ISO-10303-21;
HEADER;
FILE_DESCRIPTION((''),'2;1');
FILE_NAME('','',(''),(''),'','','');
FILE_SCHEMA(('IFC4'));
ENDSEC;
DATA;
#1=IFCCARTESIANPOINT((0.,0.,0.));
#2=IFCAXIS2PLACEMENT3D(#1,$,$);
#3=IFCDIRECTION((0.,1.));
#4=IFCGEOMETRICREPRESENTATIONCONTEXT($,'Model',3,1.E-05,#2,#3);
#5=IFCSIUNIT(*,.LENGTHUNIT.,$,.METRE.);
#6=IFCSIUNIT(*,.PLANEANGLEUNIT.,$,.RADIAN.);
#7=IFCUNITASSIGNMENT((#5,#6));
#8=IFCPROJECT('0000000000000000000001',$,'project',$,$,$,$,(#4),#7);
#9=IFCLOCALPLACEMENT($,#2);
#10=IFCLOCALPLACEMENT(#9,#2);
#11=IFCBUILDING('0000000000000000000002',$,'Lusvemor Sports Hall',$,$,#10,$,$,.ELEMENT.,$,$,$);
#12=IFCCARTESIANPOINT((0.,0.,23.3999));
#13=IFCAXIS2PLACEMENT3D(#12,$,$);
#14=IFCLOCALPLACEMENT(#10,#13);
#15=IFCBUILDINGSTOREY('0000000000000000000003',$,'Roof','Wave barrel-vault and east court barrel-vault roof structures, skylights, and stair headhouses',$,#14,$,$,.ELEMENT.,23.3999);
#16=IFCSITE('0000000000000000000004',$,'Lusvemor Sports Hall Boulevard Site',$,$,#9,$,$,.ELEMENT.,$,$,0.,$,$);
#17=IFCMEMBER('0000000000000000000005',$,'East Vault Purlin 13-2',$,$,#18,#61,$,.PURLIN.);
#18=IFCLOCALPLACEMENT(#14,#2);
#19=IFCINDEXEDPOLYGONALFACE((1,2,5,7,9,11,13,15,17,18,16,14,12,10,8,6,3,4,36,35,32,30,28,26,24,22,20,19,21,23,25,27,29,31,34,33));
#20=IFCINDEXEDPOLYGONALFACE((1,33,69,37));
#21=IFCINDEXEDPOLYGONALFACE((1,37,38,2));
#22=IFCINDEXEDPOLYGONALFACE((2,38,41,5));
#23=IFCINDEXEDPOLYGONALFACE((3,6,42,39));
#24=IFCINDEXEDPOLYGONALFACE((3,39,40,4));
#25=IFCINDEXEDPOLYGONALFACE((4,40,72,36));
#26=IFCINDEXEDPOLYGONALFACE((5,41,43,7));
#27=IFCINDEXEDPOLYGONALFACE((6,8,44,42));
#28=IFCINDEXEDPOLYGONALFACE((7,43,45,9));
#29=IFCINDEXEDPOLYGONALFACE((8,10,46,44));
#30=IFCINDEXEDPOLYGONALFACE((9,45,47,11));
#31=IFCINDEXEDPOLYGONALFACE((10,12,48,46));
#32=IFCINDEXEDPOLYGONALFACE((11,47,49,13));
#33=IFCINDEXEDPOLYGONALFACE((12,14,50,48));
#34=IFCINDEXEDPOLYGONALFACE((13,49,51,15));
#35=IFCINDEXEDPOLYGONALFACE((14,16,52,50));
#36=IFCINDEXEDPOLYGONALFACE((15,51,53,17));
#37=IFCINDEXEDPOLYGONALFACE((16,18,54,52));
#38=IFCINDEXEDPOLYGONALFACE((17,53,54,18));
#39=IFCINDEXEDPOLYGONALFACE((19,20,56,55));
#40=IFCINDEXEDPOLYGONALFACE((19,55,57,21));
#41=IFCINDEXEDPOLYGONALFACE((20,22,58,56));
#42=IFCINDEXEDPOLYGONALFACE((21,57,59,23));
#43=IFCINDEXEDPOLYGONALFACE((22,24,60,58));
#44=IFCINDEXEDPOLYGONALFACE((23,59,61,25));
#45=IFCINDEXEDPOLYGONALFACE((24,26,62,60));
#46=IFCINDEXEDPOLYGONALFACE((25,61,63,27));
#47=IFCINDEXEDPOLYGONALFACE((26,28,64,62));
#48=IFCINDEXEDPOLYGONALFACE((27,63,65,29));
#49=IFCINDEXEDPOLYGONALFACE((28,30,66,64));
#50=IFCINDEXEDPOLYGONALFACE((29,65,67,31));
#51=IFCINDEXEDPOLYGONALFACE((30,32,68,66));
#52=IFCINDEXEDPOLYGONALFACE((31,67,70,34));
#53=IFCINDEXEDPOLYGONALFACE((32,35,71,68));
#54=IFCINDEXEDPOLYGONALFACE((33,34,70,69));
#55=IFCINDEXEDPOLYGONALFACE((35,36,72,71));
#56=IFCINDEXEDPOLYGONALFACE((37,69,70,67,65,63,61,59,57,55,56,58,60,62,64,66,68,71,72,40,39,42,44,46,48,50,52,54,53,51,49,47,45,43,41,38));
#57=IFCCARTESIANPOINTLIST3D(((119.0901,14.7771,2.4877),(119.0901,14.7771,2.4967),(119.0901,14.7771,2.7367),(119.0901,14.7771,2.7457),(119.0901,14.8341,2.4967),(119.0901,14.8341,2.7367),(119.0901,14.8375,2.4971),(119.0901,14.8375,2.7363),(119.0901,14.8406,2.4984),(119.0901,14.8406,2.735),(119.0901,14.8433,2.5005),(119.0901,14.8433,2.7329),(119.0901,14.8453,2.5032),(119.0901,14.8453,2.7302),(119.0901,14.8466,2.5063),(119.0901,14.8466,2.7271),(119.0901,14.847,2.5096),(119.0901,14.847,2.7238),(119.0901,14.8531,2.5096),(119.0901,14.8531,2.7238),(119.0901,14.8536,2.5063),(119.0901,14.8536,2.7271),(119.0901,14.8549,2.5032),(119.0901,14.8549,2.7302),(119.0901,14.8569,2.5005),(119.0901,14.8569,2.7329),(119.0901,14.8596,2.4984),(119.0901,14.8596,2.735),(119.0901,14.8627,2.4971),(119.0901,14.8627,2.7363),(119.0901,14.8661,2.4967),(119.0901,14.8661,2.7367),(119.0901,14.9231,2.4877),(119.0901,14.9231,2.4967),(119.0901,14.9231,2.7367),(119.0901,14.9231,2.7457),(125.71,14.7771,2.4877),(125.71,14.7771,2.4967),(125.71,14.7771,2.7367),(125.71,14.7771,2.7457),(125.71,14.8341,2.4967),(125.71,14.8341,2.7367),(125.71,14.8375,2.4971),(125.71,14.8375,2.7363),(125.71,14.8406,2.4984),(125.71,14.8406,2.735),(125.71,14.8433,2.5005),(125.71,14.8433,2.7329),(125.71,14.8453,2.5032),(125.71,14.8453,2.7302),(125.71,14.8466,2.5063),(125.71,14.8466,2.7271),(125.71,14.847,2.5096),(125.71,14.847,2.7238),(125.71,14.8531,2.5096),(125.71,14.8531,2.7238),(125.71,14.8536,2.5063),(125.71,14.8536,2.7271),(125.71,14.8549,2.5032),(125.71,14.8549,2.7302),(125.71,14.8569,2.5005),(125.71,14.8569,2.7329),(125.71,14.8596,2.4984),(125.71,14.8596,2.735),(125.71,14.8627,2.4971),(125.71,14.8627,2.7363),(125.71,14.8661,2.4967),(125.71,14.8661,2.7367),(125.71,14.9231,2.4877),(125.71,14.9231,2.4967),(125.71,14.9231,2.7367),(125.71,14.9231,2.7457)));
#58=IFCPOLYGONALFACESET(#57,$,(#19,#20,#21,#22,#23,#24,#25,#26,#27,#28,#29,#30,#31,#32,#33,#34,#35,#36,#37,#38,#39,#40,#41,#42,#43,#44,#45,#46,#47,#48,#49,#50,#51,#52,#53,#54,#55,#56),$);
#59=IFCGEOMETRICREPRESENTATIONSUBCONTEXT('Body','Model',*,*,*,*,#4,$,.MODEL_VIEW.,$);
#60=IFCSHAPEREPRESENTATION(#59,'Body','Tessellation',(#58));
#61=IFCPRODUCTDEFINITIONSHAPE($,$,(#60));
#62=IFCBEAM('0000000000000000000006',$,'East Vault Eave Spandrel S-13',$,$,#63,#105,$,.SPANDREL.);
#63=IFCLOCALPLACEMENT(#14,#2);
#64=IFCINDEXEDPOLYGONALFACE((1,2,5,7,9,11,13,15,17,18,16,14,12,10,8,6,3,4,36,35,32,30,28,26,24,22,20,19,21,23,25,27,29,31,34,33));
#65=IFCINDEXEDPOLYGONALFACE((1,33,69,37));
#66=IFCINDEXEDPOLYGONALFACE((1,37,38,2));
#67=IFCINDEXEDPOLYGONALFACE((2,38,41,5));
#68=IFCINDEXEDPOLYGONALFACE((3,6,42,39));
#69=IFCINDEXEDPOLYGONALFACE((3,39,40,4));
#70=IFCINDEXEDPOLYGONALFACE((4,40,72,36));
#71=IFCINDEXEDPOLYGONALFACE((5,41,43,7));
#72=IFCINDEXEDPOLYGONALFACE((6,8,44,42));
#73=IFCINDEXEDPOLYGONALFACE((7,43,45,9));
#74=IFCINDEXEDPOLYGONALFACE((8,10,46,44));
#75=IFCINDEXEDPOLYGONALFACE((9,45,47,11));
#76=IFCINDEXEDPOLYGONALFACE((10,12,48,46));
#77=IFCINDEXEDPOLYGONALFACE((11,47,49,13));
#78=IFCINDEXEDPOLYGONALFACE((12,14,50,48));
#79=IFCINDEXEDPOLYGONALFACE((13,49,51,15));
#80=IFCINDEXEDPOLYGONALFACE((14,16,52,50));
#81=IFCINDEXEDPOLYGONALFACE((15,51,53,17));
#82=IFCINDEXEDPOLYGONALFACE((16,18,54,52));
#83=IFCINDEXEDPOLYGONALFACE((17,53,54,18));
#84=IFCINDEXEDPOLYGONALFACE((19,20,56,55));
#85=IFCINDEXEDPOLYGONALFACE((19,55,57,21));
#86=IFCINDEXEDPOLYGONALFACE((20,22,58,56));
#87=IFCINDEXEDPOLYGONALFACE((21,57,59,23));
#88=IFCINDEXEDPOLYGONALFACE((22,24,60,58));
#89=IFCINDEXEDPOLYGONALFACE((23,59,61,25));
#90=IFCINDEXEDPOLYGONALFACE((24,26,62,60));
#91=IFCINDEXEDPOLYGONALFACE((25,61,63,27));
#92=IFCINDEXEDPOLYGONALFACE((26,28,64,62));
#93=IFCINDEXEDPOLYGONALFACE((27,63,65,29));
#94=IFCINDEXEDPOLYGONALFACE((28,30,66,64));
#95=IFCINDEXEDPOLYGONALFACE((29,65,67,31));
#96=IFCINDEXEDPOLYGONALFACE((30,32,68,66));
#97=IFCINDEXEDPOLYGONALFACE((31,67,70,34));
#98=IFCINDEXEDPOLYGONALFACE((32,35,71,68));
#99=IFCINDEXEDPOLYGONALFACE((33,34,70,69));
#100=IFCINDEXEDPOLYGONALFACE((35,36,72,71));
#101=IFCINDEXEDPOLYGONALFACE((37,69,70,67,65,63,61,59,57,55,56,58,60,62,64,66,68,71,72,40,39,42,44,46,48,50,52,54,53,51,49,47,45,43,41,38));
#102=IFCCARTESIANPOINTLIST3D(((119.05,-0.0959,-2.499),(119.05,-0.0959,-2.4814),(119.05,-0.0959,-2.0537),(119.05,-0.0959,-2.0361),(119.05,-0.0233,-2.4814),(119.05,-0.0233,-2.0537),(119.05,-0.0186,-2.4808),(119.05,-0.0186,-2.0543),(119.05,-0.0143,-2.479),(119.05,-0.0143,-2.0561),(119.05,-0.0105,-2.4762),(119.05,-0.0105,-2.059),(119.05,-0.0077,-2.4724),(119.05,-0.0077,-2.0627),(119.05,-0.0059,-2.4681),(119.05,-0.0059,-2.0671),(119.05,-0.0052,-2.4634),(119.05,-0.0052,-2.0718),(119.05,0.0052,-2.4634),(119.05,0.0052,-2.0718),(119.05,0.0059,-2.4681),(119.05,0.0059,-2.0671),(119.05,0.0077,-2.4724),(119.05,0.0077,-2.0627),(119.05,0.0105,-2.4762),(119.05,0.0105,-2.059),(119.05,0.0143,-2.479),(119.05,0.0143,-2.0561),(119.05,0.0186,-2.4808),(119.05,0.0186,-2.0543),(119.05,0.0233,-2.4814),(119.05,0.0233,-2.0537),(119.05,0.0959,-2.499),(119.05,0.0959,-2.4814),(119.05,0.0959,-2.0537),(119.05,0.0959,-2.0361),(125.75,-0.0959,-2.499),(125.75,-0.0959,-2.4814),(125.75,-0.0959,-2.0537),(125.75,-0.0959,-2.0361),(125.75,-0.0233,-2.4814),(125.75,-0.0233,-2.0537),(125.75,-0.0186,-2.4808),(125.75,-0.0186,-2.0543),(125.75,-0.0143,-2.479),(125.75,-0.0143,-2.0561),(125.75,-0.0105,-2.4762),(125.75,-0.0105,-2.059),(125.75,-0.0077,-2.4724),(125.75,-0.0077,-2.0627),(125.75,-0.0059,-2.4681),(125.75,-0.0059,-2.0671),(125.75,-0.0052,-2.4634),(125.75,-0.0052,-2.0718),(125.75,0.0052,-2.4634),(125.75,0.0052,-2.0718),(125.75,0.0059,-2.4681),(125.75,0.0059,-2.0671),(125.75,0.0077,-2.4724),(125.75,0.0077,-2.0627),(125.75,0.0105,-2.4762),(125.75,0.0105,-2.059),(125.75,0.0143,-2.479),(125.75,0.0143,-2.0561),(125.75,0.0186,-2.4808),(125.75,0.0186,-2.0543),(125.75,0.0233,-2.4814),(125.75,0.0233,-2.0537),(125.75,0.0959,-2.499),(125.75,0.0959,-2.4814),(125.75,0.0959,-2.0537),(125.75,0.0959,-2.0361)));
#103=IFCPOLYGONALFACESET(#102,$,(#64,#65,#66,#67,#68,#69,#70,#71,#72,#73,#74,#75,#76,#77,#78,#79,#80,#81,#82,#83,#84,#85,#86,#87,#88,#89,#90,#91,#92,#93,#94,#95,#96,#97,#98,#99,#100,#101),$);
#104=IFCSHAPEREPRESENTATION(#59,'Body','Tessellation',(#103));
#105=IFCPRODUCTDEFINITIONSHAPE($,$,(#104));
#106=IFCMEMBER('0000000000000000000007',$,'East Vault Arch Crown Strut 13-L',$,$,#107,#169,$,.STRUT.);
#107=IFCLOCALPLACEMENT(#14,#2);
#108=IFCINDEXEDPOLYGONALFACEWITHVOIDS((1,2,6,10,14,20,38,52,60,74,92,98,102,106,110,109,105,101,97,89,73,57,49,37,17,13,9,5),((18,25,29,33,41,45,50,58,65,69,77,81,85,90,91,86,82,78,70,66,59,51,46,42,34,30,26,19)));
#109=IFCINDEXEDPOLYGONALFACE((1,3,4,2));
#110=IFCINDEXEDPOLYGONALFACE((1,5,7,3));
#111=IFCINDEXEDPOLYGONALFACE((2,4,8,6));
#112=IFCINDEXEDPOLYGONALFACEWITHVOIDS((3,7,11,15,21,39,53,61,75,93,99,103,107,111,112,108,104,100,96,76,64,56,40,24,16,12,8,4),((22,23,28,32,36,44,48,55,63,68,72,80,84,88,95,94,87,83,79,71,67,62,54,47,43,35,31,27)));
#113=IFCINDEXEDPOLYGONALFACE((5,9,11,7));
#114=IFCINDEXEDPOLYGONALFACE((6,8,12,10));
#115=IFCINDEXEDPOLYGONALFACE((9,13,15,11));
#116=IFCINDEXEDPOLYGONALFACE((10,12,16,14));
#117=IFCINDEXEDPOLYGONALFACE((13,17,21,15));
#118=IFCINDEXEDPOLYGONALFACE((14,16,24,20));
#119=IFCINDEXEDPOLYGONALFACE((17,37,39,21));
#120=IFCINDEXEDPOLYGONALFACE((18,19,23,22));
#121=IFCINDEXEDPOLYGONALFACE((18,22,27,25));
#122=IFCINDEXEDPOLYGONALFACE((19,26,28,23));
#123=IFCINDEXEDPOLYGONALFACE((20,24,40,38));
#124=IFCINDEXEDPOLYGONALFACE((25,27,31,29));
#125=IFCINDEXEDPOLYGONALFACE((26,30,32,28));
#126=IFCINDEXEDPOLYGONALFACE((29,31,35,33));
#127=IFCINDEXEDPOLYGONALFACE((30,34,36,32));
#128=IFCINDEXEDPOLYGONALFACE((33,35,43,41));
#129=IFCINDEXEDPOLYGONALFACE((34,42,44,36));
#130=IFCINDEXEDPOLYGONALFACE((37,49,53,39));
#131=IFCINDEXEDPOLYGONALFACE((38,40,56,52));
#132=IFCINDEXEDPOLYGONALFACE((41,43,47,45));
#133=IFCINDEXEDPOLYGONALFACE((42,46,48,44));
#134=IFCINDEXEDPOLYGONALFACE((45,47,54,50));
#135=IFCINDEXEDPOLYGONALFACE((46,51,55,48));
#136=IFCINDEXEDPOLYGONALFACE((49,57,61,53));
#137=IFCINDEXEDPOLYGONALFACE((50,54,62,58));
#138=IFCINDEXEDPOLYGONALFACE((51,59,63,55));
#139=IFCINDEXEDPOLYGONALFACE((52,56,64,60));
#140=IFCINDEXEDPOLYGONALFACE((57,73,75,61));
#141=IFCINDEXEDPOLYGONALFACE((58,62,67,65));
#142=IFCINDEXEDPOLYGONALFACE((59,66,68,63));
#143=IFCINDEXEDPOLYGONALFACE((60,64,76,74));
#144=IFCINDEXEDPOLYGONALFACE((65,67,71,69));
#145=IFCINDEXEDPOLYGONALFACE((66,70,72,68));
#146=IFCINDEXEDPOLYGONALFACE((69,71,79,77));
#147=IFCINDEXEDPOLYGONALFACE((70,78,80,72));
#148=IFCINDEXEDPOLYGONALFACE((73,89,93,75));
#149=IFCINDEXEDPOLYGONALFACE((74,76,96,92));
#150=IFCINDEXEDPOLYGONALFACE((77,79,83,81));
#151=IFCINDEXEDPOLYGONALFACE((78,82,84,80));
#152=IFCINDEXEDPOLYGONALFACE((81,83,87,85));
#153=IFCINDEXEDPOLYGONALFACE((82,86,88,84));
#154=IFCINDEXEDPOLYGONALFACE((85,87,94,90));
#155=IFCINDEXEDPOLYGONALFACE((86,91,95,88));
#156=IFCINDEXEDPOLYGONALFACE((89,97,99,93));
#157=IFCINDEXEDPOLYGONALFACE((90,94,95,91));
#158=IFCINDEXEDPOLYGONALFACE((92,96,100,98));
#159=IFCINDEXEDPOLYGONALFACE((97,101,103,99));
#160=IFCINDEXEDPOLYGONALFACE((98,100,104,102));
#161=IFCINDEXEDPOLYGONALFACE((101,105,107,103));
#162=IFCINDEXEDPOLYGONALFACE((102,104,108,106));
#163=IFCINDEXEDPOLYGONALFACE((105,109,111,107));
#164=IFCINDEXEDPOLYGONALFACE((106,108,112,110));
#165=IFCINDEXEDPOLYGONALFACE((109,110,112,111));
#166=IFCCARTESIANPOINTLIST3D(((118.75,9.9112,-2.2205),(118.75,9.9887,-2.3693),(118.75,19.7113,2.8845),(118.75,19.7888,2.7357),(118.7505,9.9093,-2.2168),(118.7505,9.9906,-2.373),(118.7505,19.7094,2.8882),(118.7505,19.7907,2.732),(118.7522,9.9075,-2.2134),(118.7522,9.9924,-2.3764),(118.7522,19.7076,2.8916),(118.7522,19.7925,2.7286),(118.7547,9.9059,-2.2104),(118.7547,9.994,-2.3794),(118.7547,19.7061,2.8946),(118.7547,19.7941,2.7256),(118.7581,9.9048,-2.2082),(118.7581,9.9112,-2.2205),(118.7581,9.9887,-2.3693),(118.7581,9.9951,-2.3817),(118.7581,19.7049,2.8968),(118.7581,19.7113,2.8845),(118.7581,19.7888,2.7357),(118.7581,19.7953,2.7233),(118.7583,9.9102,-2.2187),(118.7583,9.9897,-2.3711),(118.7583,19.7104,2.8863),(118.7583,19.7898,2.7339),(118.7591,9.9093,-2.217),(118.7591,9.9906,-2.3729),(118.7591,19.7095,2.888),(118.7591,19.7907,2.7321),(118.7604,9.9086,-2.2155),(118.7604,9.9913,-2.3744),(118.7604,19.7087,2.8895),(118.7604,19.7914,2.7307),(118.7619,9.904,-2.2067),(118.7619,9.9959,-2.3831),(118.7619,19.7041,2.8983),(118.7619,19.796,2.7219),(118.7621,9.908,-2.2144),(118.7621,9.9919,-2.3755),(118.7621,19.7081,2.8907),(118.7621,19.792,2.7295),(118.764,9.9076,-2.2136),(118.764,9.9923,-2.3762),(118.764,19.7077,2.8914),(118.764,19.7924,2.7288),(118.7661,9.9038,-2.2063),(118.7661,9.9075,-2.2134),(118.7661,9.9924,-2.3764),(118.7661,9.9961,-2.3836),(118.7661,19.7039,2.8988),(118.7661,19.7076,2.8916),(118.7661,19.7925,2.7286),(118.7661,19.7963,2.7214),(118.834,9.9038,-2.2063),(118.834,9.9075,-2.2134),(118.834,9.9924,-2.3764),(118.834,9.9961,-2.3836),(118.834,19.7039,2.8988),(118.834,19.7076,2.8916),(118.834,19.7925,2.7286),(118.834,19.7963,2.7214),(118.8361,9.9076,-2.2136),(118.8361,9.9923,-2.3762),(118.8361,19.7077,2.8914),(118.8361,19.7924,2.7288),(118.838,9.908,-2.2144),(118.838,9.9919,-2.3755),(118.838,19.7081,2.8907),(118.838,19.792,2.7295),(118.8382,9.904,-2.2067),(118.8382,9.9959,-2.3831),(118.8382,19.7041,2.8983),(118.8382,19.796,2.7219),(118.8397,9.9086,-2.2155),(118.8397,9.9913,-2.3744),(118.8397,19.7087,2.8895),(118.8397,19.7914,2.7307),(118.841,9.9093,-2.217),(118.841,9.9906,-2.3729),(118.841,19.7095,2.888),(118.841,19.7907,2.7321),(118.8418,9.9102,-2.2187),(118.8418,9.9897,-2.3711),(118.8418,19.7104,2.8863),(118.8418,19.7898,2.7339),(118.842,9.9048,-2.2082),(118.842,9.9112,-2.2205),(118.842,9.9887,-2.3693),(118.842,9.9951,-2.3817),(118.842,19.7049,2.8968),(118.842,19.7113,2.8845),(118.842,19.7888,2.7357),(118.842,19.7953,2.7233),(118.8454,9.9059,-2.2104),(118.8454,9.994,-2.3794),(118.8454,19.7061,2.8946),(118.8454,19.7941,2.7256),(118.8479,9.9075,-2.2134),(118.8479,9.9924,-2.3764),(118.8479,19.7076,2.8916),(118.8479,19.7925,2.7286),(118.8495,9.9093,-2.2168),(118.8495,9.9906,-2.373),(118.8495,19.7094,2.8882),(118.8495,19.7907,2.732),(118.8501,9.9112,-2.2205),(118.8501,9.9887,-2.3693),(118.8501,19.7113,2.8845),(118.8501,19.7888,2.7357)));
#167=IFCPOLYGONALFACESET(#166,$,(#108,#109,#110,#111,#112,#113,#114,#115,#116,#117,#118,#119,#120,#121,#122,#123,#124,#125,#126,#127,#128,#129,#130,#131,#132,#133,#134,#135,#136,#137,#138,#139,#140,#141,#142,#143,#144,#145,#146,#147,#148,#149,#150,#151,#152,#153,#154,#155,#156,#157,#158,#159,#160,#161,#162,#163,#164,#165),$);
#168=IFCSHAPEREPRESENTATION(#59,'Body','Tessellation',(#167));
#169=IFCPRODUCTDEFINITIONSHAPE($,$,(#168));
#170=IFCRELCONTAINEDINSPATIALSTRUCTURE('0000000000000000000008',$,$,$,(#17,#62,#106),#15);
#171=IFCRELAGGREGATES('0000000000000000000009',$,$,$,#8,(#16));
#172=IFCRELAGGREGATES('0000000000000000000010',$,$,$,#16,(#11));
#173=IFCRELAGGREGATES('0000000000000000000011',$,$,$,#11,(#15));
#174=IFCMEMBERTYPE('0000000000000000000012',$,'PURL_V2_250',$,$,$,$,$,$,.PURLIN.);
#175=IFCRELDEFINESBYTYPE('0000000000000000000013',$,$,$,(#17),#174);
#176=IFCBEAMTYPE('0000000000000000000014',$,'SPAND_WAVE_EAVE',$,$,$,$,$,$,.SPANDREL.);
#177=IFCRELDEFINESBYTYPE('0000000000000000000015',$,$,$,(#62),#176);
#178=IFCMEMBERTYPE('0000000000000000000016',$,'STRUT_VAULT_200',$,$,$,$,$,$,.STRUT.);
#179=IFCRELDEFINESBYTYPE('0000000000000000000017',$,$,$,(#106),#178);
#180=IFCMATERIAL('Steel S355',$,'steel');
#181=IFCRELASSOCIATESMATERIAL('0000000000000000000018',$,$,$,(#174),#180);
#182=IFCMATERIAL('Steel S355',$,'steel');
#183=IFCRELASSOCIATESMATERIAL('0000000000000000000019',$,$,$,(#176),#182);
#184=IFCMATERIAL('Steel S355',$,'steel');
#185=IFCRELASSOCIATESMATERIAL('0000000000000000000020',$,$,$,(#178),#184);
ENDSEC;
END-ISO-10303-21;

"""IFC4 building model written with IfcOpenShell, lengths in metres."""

from ifc_helpers import new_model, si_unit, direction, frame, origin, origin_2d, place, context, subcontext, project, spatial, hollow_rectangle, i_section, extrude, material, material_profile, profile_set, type_object, element, save


model = new_model("IFC4")

# Units and contexts
model_context = context("Model", 3, precision=1e-05, world=origin(), true_north=direction((0.0, 1.0)))
body_context = subcontext(model_context, "Body", "Model", "MODEL_VIEW")
ifc_project = project(units=[si_unit("LENGTHUNIT", "METRE"), si_unit("PLANEANGLEUNIT", "RADIAN")], contexts=[model_context])

# Site, building, storey
site_placement = place(None, origin())
site = spatial("IfcSite", under=ifc_project, at=site_placement, Name="Lusvemor Sports Hall Boulevard Site", CompositionType="ELEMENT", RefElevation=0.0)
building_placement = place(site_placement, origin())
building = spatial("IfcBuilding", under=site, at=building_placement, Name="Lusvemor Sports Hall", CompositionType="ELEMENT")
storey_placement = place(building_placement, frame((0.0, 0.0, 23.3999)))
storey = spatial("IfcBuildingStorey", under=building, at=storey_placement, Name="Roof", Description="Wave barrel-vault and east court barrel-vault roof structures, skylights, and stair headhouses", CompositionType="ELEMENT", Elevation=23.3999)

# Member
ifc_material_1 = material(Name="Steel S355", Category="steel")
ifc_material_profile_1 = material_profile(ifc_material_1, i_section(OverallWidth=0.146, OverallDepth=0.2581, WebThickness=0.0061, FlangeThickness=0.009, FilletRadius=0.0129, at=origin_2d()), Name="W250x32.7")
ifc_profile_set_1 = profile_set([ifc_material_profile_1], Name="Steel S355")
member_type_1 = type_object("IfcMemberType", Name="PURL_V2_250", PredefinedType="PURLIN", material=ifc_profile_set_1)
for number, where, z_axis, x_axis, name in (
    (1, (119.0901, 14.8501, 2.6167), (1.0, 0.0, 0.0), (0.0, 1.0, 0.0), "East Vault Purlin 13-2"),
):
    element("IfcMember", number, at=place(storey_placement, frame(where, z_axis=z_axis, x_axis=x_axis)), inside=storey, type_object=member_type_1, Name=name, PredefinedType="PURLIN", context=body_context, shape_type="SweptSolid", body=[
        extrude(i_section(OverallWidth=0.146, OverallDepth=0.2581, WebThickness=0.0061, FlangeThickness=0.009, FilletRadius=0.0129, at=origin_2d()), origin(), (0.0, 0.0, 1.0), 6.6199),
    ])

# Beam
ifc_material_2 = material(Name="Steel S355", Category="steel")
ifc_material_profile_2 = material_profile(ifc_material_2, i_section(OverallWidth=0.1919, OverallDepth=0.4629, WebThickness=0.0105, FlangeThickness=0.0176, FilletRadius=0.0181, at=origin_2d()), Name="W460x89.0")
ifc_profile_set_2 = profile_set([ifc_material_profile_2], Name="Steel S355")
beam_type_1 = type_object("IfcBeamType", Name="SPAND_WAVE_EAVE", PredefinedType="SPANDREL", material=ifc_profile_set_2)
beam_1_placement = place(storey_placement, frame((119.05, 0.0, -2.2676), z_axis=(1.0, 0.0, 0.0), x_axis=(0.0, 1.0, 0.0)))
element("IfcBeam", 2, at=beam_1_placement, inside=storey, type_object=beam_type_1, Name="East Vault Eave Spandrel S-13", PredefinedType="SPANDREL", context=body_context, shape_type="SweptSolid", body=[
    extrude(i_section(OverallWidth=0.1919, OverallDepth=0.4629, WebThickness=0.0105, FlangeThickness=0.0176, FilletRadius=0.0181, at=origin_2d()), origin(), (0.0, 0.0, 1.0), 6.7),
])

# Member
ifc_material_3 = material(Name="Steel S355", Category="steel")
ifc_material_profile_3 = material_profile(ifc_material_3, hollow_rectangle(XDim=0.1001, YDim=0.2, WallThickness=0.0081, InnerFilletRadius=0.0081, OuterFilletRadius=0.0161, at=origin_2d()), Name="RHS200x100x8")
ifc_profile_set_3 = profile_set([ifc_material_profile_3], Name="Steel S355")
member_type_2 = type_object("IfcMemberType", Name="STRUT_VAULT_200", PredefinedType="STRUT", material=ifc_profile_set_3)
member_1_placement = place(storey_placement, frame((118.8, 9.95, -2.2949), z_axis=(0.0, 0.886885, 0.461991), x_axis=(-1.0, 0.0, 0.0)))
element("IfcMember", 3, at=member_1_placement, inside=storey, type_object=member_type_2, Name="East Vault Arch Crown Strut 13-L", PredefinedType="STRUT", context=body_context, shape_type="SweptSolid", body=[
    extrude(hollow_rectangle(XDim=0.1001, YDim=0.2, WallThickness=0.0081, InnerFilletRadius=0.0081, OuterFilletRadius=0.0161, at=origin_2d()), origin(), (0.0, 0.0, 1.0), 11.05),
])

save(model, "model.ifc")
